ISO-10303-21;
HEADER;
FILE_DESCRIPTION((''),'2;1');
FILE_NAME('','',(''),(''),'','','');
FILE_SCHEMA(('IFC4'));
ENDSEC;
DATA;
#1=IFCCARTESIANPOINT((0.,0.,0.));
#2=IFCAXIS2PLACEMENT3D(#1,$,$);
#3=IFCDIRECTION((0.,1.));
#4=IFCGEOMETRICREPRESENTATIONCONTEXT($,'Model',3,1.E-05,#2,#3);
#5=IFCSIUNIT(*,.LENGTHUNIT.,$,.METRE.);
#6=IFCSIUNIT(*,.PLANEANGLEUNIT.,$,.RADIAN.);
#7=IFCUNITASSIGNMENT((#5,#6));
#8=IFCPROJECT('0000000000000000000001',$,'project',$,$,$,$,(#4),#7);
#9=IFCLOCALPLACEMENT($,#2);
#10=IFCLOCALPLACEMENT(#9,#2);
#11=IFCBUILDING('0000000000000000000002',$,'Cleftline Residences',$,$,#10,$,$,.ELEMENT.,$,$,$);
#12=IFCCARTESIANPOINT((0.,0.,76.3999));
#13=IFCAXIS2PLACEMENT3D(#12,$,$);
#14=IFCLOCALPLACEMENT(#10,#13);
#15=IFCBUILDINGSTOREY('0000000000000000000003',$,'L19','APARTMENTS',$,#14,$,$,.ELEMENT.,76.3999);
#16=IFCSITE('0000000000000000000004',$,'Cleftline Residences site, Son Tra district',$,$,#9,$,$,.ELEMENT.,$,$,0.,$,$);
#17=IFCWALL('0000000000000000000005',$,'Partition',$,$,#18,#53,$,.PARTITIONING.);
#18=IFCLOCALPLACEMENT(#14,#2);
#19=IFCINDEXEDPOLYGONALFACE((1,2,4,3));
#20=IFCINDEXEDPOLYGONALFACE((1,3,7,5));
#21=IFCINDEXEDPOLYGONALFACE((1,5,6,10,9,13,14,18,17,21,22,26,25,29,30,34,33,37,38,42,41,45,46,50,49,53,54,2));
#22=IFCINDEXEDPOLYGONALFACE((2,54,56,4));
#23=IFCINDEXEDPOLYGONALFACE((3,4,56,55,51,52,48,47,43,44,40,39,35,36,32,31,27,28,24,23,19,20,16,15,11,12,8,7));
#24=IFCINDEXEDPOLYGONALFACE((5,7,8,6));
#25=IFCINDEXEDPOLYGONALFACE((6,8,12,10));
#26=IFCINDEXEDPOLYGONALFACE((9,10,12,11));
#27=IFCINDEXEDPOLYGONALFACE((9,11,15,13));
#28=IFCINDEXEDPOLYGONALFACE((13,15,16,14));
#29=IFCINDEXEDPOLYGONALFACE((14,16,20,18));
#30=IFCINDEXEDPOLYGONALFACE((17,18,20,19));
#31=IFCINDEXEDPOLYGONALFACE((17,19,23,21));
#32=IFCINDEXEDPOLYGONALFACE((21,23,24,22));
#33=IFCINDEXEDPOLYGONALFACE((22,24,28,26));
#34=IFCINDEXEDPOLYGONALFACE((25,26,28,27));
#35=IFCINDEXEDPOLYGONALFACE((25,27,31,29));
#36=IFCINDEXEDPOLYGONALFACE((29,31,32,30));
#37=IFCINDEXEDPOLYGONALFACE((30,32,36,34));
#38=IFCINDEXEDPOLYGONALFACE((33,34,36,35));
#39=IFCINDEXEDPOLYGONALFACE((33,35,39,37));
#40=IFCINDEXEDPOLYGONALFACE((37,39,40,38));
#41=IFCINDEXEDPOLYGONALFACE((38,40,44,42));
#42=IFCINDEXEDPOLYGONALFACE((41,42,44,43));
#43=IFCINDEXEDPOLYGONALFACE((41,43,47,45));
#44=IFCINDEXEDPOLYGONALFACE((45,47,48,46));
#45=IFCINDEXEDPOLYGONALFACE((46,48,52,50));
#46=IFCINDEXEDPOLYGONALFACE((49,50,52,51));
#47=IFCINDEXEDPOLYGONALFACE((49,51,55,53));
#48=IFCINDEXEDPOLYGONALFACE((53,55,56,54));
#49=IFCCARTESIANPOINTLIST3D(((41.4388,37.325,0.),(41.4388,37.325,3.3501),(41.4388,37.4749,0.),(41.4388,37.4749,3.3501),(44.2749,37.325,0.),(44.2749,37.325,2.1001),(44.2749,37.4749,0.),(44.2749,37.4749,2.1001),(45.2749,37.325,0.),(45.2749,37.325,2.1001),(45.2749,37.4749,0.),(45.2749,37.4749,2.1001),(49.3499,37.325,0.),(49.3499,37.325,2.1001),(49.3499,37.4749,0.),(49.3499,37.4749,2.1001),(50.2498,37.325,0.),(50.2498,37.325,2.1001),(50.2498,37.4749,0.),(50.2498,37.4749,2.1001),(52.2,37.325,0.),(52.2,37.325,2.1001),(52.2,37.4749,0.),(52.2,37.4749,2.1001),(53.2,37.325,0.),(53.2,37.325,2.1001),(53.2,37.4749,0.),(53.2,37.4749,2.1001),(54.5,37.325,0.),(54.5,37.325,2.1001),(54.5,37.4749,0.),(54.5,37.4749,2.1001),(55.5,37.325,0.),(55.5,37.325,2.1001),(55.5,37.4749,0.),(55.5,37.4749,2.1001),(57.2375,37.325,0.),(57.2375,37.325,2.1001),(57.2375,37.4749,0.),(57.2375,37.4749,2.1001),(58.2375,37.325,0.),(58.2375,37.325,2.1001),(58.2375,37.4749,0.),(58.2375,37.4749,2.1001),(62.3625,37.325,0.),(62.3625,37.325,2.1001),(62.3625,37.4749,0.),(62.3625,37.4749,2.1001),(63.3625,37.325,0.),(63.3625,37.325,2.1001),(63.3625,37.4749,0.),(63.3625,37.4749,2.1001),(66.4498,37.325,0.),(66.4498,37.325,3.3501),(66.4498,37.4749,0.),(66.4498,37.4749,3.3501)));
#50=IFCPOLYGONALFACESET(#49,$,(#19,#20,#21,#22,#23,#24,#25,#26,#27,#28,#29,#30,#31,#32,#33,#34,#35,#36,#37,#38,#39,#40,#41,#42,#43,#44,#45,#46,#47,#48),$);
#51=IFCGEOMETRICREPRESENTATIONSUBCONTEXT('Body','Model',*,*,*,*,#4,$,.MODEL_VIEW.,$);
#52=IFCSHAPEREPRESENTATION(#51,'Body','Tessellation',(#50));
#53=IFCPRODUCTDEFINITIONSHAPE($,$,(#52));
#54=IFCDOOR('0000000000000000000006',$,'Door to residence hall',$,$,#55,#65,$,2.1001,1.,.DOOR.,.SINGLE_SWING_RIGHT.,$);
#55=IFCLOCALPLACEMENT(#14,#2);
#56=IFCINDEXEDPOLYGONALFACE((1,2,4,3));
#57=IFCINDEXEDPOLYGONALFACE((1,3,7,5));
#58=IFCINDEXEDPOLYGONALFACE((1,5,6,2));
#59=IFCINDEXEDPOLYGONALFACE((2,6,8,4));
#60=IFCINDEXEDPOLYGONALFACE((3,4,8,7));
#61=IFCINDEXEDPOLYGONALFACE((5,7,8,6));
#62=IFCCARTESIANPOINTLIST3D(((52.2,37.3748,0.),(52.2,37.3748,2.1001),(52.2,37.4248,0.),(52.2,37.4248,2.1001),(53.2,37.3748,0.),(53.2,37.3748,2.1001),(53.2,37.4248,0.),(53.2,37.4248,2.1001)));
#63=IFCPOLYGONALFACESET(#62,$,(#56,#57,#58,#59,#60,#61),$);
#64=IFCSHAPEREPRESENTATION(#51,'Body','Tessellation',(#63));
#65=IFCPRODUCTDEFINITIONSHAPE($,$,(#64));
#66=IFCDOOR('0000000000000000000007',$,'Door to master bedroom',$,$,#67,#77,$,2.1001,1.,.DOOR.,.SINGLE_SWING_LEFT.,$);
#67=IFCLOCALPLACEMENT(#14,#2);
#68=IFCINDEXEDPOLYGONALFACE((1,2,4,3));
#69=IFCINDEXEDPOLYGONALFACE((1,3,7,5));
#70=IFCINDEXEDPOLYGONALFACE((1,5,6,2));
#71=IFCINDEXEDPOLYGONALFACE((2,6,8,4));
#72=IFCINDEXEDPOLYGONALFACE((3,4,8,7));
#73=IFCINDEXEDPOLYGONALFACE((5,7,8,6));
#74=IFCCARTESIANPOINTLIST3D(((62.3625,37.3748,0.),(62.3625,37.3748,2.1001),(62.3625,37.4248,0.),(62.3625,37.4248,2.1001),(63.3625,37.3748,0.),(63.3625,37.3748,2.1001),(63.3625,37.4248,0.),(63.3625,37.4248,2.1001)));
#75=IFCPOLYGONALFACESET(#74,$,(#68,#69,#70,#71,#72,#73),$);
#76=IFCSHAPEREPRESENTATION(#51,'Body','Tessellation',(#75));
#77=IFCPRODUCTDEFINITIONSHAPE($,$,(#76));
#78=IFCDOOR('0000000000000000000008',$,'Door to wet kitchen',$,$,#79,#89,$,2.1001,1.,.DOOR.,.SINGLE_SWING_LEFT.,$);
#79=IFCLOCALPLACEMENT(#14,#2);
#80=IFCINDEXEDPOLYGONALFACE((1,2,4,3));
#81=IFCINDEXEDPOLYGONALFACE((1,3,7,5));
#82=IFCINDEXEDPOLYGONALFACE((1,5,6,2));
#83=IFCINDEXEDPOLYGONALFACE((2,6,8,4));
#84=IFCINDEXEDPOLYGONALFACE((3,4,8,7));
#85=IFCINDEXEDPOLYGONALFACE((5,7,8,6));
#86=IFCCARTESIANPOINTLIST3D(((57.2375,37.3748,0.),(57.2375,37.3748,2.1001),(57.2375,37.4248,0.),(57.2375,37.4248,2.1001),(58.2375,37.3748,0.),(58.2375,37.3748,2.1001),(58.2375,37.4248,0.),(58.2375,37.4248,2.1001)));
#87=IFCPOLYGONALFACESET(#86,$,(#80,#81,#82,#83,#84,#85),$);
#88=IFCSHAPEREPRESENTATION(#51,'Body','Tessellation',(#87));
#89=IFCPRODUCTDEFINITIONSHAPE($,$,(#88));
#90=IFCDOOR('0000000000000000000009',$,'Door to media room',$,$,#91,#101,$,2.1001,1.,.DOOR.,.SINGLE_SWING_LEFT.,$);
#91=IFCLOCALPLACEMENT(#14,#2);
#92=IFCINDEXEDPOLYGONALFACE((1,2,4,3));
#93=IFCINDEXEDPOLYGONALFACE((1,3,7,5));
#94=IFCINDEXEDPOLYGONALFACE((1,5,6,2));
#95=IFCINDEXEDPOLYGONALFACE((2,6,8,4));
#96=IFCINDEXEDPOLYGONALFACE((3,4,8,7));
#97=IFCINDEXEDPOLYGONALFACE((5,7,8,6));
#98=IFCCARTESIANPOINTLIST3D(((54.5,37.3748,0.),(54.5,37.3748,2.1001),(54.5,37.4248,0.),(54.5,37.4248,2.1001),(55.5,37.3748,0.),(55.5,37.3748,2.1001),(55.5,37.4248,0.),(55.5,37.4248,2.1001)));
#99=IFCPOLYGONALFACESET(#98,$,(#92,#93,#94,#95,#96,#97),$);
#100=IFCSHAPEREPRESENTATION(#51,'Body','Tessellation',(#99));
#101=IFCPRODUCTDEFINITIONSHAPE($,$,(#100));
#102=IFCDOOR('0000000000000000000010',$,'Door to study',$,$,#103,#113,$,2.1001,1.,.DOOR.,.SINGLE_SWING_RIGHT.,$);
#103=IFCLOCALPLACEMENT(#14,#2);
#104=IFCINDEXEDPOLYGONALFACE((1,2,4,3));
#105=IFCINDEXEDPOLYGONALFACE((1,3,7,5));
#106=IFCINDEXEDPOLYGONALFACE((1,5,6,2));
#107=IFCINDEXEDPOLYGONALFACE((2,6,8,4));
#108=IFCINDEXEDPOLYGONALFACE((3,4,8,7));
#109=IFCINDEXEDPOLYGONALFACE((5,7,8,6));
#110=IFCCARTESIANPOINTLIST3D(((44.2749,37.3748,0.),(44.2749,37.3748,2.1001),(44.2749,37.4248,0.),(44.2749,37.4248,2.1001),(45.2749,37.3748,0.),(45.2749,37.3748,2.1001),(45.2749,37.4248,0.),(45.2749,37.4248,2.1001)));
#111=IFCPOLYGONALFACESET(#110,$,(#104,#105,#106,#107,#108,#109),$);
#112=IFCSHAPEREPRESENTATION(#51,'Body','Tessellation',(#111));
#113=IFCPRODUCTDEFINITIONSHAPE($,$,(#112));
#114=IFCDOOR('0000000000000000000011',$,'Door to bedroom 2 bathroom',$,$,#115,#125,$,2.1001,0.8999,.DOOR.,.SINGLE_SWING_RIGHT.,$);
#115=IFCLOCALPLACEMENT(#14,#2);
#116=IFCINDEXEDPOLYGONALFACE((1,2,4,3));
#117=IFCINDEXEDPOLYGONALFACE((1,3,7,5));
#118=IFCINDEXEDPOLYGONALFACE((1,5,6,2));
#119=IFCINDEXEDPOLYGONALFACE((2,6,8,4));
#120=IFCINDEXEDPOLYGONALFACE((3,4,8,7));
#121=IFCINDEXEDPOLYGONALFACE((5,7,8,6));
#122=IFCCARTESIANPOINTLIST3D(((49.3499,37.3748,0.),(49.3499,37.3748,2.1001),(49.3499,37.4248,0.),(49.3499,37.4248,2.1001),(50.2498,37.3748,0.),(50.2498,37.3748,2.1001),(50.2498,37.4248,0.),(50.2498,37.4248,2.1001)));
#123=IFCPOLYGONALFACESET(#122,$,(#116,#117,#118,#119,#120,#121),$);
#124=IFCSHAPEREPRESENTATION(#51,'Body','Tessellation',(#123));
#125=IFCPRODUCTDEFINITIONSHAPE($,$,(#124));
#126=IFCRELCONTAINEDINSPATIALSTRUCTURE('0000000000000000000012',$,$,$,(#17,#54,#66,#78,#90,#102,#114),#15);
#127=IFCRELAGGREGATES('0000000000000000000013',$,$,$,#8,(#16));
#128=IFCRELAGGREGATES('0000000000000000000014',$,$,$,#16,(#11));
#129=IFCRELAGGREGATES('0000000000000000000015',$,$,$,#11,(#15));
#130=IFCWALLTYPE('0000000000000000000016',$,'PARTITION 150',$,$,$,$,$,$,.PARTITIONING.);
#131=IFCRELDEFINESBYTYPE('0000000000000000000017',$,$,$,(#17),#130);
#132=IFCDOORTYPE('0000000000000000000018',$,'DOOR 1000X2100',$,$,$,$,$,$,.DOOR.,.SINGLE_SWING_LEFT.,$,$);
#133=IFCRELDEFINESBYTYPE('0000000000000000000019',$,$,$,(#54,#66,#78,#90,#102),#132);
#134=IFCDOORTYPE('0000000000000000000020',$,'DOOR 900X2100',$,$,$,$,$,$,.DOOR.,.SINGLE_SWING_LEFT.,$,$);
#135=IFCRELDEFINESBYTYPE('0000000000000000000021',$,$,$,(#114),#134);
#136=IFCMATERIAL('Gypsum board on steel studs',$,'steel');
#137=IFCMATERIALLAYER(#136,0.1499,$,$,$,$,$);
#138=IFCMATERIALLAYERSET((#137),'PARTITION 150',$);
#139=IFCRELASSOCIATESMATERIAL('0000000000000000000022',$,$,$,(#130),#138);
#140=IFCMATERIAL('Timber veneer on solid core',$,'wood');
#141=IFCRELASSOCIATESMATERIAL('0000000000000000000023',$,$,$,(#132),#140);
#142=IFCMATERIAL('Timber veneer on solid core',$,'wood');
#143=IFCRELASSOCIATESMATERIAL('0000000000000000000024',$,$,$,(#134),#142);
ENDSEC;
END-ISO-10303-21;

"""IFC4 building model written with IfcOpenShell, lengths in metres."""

from ifc_helpers import new_model, si_unit, direction, frame, frame_2d, origin, place, context, subcontext, project, spatial, rectangle, extrude, material, layer, layer_set, type_object, element, fill, save


model = new_model("IFC4")

# Units and contexts
model_context = context("Model", 3, precision=1e-05, world=origin(), true_north=direction((0.0, 1.0)))
body_context = subcontext(model_context, "Body", "Model", "MODEL_VIEW")
ifc_project = project(units=[si_unit("LENGTHUNIT", "METRE"), si_unit("PLANEANGLEUNIT", "RADIAN")], contexts=[model_context])

# Site, building, storey
site_placement = place(None, origin())
site = spatial("IfcSite", under=ifc_project, at=site_placement, Name="Cleftline Residences site, Son Tra district", CompositionType="ELEMENT", RefElevation=0.0)
building_placement = place(site_placement, origin())
building = spatial("IfcBuilding", under=site, at=building_placement, Name="Cleftline Residences", CompositionType="ELEMENT")
storey_placement = place(building_placement, frame((0.0, 0.0, 76.3999)))
storey = spatial("IfcBuildingStorey", under=building, at=storey_placement, Name="L19", Description="APARTMENTS", CompositionType="ELEMENT", Elevation=76.3999)

# Wall, openings, doors
ifc_material_1 = material(Name="Gypsum board on steel studs", Category="steel")
ifc_layer_1 = layer(ifc_material_1, 0.1499)
ifc_layer_set_1 = layer_set([ifc_layer_1], Name="PARTITION 150")
wall_type = type_object("IfcWallType", Name="PARTITION 150", PredefinedType="PARTITIONING", material=ifc_layer_set_1)
wall_1_placement = place(storey_placement, frame((41.439, 37.3999, 0.0), z_axis=(0.0, 0.0, 1.0), x_axis=(1.0, 0.0, 0.0)))
wall_1 = element("IfcWall", 1, at=wall_1_placement, inside=storey, type_object=wall_type, Name="Partition", PredefinedType="PARTITIONING", context=body_context, shape_type="SweptSolid", body=[
    extrude(rectangle(XDim=25.011, YDim=0.1499, at=frame_2d((12.5054, 0.0))), origin(), (0.0, 0.0, 1.0), 3.3501),
])
opening_1_placement = place(wall_1_placement, frame((10.761, 0.0, 0.0)))
opening_1 = element("IfcOpeningElement", 2, at=opening_1_placement, cuts=wall_1, PredefinedType="OPENING", context=body_context, shape_type="SweptSolid", body=[
    extrude(rectangle(XDim=1.0, YDim=2.1001, at=frame_2d((0.5, 1.05))), frame((0.0, 0.085, 0.0), z_axis=(0.0, -1.0, 0.0), x_axis=(1.0, 0.0, 0.0)), (0.0, 0.0, 1.0), 0.1699),
])
opening_2_placement = place(wall_1_placement, frame((20.9236, 0.0, 0.0)))
opening_2 = element("IfcOpeningElement", 3, at=opening_2_placement, cuts=wall_1, PredefinedType="OPENING", context=body_context, shape_type="SweptSolid", body=[
    extrude(rectangle(XDim=1.0, YDim=2.1001, at=frame_2d((0.5, 1.05))), frame((0.0, 0.085, 0.0), z_axis=(0.0, -1.0, 0.0), x_axis=(1.0, 0.0, 0.0)), (0.0, 0.0, 1.0), 0.1699),
])
opening_3_placement = place(wall_1_placement, frame((15.7986, 0.0, 0.0)))
opening_3 = element("IfcOpeningElement", 4, at=opening_3_placement, cuts=wall_1, PredefinedType="OPENING", context=body_context, shape_type="SweptSolid", body=[
    extrude(rectangle(XDim=1.0, YDim=2.1001, at=frame_2d((0.5, 1.05))), frame((0.0, 0.085, 0.0), z_axis=(0.0, -1.0, 0.0), x_axis=(1.0, 0.0, 0.0)), (0.0, 0.0, 1.0), 0.1699),
])
opening_4_placement = place(wall_1_placement, frame((13.061, 0.0, 0.0)))
opening_4 = element("IfcOpeningElement", 5, at=opening_4_placement, cuts=wall_1, PredefinedType="OPENING", context=body_context, shape_type="SweptSolid", body=[
    extrude(rectangle(XDim=1.0, YDim=2.1001, at=frame_2d((0.5, 1.05))), frame((0.0, 0.085, 0.0), z_axis=(0.0, -1.0, 0.0), x_axis=(1.0, 0.0, 0.0)), (0.0, 0.0, 1.0), 0.1699),
])
opening_5_placement = place(wall_1_placement, frame((7.9109, 0.0, 0.0)))
opening_5 = element("IfcOpeningElement", 6, at=opening_5_placement, cuts=wall_1, PredefinedType="OPENING", context=body_context, shape_type="SweptSolid", body=[
    extrude(rectangle(XDim=0.8999, YDim=2.1001, at=frame_2d((0.45, 1.05))), frame((0.0, 0.085, 0.0), z_axis=(0.0, -1.0, 0.0), x_axis=(1.0, 0.0, 0.0)), (0.0, 0.0, 1.0), 0.1699),
])
opening_6_placement = place(wall_1_placement, frame((2.8359, 0.0, 0.0)))
opening_6 = element("IfcOpeningElement", 7, at=opening_6_placement, cuts=wall_1, PredefinedType="OPENING", context=body_context, shape_type="SweptSolid", body=[
    extrude(rectangle(XDim=1.0, YDim=2.1001, at=frame_2d((0.5, 1.05))), frame((0.0, 0.085, 0.0), z_axis=(0.0, -1.0, 0.0), x_axis=(1.0, 0.0, 0.0)), (0.0, 0.0, 1.0), 0.1699),
])
ifc_material_2 = material(Name="Timber veneer on solid core", Category="wood")
door_type_1 = type_object("IfcDoorType", Name="DOOR 1000X2100", OperationType="SINGLE_SWING_LEFT", PredefinedType="DOOR", material=ifc_material_2)
door_1_placement = place(opening_1_placement, origin())
door_1 = element("IfcDoor", 8, at=door_1_placement, inside=storey, type_object=door_type_1, Name="Door to residence hall", OperationType="SINGLE_SWING_RIGHT", OverallHeight=2.1001, OverallWidth=1.0, PredefinedType="DOOR", context=body_context, shape_type="SweptSolid", body=[
    extrude(rectangle(XDim=1.0, YDim=2.1001, at=frame_2d((0.5, 1.05))), frame((0.0, 0.0249, 0.0), z_axis=(0.0, -1.0, 0.0), x_axis=(1.0, 0.0, 0.0)), (0.0, 0.0, 1.0), 0.05),
])
fill(opening_1, door_1)
door_2_placement = place(opening_2_placement, origin())
door_2 = element("IfcDoor", 9, at=door_2_placement, inside=storey, type_object=door_type_1, Name="Door to master bedroom", OperationType="SINGLE_SWING_LEFT", OverallHeight=2.1001, OverallWidth=1.0, PredefinedType="DOOR", context=body_context, shape_type="SweptSolid", body=[
    extrude(rectangle(XDim=1.0, YDim=2.1001, at=frame_2d((0.5, 1.05))), frame((0.0, 0.0249, 0.0), z_axis=(0.0, -1.0, 0.0), x_axis=(1.0, 0.0, 0.0)), (0.0, 0.0, 1.0), 0.05),
])
fill(opening_2, door_2)
door_3_placement = place(opening_3_placement, origin())
door_3 = element("IfcDoor", 10, at=door_3_placement, inside=storey, type_object=door_type_1, Name="Door to wet kitchen", OperationType="SINGLE_SWING_LEFT", OverallHeight=2.1001, OverallWidth=1.0, PredefinedType="DOOR", context=body_context, shape_type="SweptSolid", body=[
    extrude(rectangle(XDim=1.0, YDim=2.1001, at=frame_2d((0.5, 1.05))), frame((0.0, 0.0249, 0.0), z_axis=(0.0, -1.0, 0.0), x_axis=(1.0, 0.0, 0.0)), (0.0, 0.0, 1.0), 0.05),
])
fill(opening_3, door_3)
door_4_placement = place(opening_4_placement, origin())
door_4 = element("IfcDoor", 11, at=door_4_placement, inside=storey, type_object=door_type_1, Name="Door to media room", OperationType="SINGLE_SWING_LEFT", OverallHeight=2.1001, OverallWidth=1.0, PredefinedType="DOOR", context=body_context, shape_type="SweptSolid", body=[
    extrude(rectangle(XDim=1.0, YDim=2.1001, at=frame_2d((0.5, 1.05))), frame((0.0, 0.0249, 0.0), z_axis=(0.0, -1.0, 0.0), x_axis=(1.0, 0.0, 0.0)), (0.0, 0.0, 1.0), 0.05),
])
fill(opening_4, door_4)
door_5_placement = place(opening_6_placement, origin())
door_5 = element("IfcDoor", 12, at=door_5_placement, inside=storey, type_object=door_type_1, Name="Door to study", OperationType="SINGLE_SWING_RIGHT", OverallHeight=2.1001, OverallWidth=1.0, PredefinedType="DOOR", context=body_context, shape_type="SweptSolid", body=[
    extrude(rectangle(XDim=1.0, YDim=2.1001, at=frame_2d((0.5, 1.05))), frame((0.0, 0.0249, 0.0), z_axis=(0.0, -1.0, 0.0), x_axis=(1.0, 0.0, 0.0)), (0.0, 0.0, 1.0), 0.05),
])
fill(opening_6, door_5)
ifc_material_3 = material(Name="Timber veneer on solid core", Category="wood")
door_type_2 = type_object("IfcDoorType", Name="DOOR 900X2100", OperationType="SINGLE_SWING_LEFT", PredefinedType="DOOR", material=ifc_material_3)
door_6_placement = place(opening_5_placement, origin())
door_6 = element("IfcDoor", 13, at=door_6_placement, inside=storey, type_object=door_type_2, Name="Door to bedroom 2 bathroom", OperationType="SINGLE_SWING_RIGHT", OverallHeight=2.1001, OverallWidth=0.8999, PredefinedType="DOOR", context=body_context, shape_type="SweptSolid", body=[
    extrude(rectangle(XDim=0.8999, YDim=2.1001, at=frame_2d((0.45, 1.05))), frame((0.0, 0.0249, 0.0), z_axis=(0.0, -1.0, 0.0), x_axis=(1.0, 0.0, 0.0)), (0.0, 0.0, 1.0), 0.05),
])
fill(opening_5, door_6)

save(model, "model.ifc")
